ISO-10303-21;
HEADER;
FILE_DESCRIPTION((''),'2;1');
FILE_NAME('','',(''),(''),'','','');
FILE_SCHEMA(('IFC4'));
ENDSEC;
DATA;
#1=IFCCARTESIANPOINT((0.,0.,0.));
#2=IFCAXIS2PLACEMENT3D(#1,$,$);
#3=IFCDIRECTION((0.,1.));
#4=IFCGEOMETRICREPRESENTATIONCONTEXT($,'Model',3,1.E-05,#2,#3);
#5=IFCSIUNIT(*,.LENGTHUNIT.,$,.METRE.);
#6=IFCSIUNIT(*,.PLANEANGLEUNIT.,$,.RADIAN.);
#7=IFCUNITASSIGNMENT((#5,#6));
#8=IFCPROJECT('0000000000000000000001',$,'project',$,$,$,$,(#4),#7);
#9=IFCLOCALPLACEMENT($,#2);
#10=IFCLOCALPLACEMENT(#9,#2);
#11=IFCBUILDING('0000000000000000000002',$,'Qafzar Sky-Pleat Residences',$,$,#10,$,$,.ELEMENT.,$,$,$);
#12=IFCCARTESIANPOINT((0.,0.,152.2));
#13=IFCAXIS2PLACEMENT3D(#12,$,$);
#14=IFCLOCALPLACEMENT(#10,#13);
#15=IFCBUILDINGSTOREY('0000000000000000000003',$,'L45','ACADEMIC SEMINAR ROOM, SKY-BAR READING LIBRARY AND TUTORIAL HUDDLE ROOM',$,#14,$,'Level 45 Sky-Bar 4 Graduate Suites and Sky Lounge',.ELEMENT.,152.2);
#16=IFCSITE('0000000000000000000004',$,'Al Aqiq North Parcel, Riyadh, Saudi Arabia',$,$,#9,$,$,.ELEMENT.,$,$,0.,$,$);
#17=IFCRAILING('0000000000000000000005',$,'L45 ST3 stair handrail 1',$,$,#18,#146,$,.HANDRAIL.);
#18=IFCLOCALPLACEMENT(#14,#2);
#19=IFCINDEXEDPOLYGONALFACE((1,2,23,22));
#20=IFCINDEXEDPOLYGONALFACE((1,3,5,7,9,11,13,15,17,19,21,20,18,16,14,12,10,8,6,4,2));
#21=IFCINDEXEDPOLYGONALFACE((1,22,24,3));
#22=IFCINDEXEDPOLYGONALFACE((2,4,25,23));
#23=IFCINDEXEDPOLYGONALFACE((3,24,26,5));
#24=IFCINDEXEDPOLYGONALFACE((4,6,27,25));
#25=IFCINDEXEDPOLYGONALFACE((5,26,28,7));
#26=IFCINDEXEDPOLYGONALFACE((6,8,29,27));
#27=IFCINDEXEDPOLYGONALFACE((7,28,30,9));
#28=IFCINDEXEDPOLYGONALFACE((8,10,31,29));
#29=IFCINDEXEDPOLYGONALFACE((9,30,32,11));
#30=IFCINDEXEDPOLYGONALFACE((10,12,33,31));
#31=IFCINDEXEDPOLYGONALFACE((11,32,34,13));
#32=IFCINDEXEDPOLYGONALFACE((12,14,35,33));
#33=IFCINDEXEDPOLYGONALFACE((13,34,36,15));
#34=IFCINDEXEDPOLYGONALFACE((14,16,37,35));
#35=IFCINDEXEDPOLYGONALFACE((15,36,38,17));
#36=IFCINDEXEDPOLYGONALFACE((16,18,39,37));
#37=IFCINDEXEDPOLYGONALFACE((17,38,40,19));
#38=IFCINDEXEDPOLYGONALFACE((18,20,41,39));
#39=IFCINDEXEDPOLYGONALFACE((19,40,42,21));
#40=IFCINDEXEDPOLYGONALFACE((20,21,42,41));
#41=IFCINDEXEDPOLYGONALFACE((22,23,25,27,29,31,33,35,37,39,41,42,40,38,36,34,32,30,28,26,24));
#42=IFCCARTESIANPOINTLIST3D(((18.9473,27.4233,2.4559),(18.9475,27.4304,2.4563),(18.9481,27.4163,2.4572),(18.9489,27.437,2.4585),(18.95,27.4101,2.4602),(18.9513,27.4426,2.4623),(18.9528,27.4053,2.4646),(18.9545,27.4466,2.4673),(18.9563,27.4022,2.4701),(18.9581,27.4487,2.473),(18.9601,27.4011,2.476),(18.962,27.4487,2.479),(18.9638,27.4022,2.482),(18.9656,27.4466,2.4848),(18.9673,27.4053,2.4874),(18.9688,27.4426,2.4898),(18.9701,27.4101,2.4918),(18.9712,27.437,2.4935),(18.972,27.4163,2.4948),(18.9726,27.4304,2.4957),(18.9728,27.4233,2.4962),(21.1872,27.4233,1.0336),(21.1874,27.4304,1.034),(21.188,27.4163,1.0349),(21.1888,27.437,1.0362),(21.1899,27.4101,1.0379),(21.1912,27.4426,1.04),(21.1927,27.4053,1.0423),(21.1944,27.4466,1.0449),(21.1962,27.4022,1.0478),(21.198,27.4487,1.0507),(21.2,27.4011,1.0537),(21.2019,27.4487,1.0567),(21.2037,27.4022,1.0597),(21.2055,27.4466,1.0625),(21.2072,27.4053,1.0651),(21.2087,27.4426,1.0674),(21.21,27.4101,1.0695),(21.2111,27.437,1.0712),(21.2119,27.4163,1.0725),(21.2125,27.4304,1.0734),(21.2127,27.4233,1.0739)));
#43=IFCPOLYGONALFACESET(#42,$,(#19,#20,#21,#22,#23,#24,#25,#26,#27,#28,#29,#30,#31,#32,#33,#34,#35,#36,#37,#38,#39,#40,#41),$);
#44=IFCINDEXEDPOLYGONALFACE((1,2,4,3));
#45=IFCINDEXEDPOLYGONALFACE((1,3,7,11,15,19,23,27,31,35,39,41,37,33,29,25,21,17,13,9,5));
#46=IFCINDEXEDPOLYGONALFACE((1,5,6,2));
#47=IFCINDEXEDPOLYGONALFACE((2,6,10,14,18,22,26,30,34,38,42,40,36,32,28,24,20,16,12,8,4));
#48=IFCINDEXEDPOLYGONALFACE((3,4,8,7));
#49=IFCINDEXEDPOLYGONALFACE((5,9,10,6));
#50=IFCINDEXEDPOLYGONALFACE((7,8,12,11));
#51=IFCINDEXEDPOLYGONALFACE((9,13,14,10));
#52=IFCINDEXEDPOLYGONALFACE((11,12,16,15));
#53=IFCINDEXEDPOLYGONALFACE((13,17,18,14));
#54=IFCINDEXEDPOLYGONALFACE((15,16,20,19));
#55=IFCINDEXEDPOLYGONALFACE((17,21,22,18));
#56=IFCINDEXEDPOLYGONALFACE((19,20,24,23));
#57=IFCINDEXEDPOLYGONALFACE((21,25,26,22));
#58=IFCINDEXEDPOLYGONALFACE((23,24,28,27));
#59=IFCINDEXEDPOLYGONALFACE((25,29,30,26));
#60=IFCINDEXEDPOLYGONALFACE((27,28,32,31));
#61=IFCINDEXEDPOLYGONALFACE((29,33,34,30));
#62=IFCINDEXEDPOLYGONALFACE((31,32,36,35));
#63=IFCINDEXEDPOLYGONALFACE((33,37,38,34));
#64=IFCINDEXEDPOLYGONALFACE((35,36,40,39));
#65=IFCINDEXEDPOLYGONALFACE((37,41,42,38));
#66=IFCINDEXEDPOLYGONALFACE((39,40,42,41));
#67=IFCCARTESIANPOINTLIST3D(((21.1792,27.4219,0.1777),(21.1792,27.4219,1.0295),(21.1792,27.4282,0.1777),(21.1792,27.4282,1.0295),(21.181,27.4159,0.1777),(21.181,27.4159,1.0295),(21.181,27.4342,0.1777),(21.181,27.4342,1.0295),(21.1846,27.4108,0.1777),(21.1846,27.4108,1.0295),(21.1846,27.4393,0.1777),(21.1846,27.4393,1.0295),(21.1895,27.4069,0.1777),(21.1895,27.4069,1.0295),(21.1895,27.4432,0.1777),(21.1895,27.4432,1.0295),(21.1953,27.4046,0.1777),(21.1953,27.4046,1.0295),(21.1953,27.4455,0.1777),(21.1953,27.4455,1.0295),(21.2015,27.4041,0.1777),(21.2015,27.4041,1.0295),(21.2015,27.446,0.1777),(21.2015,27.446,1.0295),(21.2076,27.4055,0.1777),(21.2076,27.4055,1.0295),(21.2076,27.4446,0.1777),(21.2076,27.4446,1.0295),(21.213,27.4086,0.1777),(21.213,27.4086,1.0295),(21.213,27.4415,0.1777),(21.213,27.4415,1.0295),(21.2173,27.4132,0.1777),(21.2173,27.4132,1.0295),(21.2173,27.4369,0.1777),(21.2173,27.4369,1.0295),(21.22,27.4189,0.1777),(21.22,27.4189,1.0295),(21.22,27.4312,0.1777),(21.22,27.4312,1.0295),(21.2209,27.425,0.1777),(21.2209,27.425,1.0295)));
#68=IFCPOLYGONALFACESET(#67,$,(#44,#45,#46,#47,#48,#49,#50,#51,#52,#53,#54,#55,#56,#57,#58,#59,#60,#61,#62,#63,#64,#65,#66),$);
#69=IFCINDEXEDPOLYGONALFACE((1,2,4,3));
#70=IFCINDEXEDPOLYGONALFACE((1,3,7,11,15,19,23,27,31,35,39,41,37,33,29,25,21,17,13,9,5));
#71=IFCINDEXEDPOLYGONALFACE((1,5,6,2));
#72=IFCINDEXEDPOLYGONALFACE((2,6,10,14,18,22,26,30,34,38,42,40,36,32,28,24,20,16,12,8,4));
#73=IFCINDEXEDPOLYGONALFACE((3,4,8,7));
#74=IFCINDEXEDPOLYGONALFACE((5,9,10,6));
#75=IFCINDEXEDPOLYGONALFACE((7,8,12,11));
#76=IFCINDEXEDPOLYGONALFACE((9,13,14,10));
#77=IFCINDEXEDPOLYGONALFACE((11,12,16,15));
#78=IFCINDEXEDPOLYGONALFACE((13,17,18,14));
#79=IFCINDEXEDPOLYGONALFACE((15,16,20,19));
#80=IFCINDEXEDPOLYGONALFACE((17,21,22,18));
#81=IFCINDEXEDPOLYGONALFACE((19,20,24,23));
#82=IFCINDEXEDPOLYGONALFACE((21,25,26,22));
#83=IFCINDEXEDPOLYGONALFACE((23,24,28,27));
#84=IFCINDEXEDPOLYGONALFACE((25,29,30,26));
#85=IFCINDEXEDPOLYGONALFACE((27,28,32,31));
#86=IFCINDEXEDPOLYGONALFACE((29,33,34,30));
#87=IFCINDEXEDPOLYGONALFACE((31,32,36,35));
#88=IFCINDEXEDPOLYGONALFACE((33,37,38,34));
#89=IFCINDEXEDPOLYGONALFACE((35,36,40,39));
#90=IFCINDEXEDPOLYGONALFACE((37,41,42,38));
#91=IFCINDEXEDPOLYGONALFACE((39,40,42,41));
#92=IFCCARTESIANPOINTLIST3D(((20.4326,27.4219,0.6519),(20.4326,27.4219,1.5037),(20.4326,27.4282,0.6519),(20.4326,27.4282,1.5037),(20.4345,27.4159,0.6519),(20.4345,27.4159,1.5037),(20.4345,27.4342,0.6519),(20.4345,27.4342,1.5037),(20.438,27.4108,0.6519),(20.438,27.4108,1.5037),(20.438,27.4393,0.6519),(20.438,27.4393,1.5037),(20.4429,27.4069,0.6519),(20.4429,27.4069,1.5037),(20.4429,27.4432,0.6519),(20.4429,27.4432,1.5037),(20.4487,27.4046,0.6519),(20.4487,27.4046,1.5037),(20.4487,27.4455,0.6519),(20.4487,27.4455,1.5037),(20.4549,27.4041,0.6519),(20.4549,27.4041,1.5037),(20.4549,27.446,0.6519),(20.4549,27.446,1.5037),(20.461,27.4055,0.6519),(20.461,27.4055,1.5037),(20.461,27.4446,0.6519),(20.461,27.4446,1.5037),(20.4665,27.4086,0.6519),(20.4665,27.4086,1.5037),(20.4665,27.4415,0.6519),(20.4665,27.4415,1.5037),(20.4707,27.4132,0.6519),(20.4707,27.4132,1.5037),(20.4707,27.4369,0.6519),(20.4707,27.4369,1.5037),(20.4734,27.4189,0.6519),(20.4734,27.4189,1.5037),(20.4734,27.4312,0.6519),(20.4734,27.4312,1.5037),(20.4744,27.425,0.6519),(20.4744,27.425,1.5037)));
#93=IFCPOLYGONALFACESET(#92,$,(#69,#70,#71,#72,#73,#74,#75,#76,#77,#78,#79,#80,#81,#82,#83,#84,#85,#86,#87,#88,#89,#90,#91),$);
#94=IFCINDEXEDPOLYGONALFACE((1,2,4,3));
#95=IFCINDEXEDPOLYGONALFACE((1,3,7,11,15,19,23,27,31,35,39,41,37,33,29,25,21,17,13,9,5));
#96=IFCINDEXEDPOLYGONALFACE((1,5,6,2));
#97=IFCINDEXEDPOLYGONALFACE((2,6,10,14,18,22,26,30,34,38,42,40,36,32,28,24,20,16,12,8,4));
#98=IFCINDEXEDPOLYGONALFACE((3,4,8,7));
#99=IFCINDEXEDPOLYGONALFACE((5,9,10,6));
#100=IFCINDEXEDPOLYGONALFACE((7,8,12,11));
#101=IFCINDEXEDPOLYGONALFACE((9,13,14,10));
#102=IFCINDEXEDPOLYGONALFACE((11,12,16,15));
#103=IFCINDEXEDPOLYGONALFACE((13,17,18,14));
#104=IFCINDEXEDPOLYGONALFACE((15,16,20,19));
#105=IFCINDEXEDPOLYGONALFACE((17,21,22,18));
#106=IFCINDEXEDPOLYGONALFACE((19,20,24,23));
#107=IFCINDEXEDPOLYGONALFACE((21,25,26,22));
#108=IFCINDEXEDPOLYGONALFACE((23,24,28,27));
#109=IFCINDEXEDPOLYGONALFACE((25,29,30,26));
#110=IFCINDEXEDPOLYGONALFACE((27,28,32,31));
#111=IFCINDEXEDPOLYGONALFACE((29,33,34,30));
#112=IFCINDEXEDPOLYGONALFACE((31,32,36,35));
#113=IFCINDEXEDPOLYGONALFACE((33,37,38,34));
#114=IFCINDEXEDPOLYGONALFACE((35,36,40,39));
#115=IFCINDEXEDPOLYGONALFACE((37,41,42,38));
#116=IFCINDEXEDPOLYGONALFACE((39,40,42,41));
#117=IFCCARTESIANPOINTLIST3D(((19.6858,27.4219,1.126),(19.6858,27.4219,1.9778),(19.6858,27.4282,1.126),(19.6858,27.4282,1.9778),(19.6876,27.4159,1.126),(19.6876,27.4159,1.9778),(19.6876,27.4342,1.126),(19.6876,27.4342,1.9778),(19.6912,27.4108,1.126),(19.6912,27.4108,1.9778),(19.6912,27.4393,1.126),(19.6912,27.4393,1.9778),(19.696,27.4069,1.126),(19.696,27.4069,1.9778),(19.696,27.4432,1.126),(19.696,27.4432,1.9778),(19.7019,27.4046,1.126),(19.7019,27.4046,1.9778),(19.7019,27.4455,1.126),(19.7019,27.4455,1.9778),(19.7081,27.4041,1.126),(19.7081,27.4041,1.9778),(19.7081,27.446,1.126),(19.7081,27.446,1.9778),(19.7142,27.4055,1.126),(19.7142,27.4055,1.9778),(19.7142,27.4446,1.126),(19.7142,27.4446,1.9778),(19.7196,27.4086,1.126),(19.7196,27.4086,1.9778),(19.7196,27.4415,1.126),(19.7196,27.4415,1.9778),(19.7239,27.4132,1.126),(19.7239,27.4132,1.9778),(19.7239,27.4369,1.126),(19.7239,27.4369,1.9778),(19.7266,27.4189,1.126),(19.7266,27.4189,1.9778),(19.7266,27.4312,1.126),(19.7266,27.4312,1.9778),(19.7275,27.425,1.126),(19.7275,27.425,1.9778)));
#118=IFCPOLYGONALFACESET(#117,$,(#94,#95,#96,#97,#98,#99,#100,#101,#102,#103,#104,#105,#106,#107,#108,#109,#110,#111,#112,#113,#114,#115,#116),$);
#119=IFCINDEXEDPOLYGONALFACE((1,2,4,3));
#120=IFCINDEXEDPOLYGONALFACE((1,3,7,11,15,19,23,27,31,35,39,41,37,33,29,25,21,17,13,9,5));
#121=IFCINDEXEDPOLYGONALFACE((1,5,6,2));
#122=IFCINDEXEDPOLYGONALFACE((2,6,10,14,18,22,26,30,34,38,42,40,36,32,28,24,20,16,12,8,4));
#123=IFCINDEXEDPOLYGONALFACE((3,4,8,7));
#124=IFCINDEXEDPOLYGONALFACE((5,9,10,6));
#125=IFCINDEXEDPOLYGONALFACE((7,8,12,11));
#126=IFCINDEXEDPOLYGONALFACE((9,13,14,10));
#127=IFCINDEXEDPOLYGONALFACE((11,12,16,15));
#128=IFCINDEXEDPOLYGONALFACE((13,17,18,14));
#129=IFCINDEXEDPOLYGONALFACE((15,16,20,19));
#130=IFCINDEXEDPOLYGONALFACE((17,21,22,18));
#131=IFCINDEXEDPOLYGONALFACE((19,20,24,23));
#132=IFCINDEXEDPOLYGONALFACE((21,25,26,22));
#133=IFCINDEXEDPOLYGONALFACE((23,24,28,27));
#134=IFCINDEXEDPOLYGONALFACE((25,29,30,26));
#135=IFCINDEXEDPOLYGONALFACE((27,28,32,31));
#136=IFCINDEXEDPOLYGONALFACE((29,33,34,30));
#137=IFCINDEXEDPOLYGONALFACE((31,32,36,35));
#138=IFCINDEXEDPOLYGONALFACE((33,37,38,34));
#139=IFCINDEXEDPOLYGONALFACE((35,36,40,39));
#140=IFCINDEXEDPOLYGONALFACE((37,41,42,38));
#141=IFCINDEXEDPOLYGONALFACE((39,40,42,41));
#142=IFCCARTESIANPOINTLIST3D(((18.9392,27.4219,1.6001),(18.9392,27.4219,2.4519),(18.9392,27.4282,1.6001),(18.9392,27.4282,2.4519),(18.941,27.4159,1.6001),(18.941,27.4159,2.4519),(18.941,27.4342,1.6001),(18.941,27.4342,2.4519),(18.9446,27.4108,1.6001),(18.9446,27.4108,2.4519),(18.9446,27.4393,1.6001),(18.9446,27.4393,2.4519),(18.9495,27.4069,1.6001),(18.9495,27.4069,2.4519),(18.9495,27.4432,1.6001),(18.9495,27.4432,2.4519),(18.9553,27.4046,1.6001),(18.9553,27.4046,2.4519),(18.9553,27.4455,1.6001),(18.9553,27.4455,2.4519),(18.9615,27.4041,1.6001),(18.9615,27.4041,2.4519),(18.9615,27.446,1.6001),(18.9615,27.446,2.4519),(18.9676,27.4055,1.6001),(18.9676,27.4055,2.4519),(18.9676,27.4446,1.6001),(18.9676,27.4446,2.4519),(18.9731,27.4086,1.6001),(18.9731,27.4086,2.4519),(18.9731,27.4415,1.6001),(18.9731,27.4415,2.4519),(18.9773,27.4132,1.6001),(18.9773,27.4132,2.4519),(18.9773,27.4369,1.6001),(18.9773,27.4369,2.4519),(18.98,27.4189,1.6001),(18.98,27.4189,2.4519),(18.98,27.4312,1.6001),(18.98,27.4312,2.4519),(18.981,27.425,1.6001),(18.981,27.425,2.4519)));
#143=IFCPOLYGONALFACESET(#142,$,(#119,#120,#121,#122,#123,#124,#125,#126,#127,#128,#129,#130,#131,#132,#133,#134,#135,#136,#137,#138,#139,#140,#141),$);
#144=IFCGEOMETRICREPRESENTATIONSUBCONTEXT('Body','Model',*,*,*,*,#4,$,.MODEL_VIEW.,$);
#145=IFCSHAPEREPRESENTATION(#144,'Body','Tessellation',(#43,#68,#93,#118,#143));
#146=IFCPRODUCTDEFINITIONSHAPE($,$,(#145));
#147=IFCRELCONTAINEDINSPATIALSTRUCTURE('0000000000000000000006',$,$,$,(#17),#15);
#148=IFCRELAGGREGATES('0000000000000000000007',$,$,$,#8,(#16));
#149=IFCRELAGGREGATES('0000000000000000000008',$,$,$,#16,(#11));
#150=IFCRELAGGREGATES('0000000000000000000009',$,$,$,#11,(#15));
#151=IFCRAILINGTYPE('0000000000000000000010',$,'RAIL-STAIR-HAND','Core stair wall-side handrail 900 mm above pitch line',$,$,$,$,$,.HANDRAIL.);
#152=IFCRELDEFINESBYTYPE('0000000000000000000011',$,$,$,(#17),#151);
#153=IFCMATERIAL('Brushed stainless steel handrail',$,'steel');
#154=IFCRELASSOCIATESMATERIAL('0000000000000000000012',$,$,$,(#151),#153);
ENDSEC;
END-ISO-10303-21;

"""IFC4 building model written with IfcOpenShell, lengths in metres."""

from ifc_helpers import new_model, si_unit, direction, frame, origin, origin_2d, place, context, subcontext, project, spatial, circle, extrude, source, transform, mapped, material, type_object, element, save


model = new_model("IFC4")

# Units and contexts
model_context = context("Model", 3, precision=1e-05, world=origin(), true_north=direction((0.0, 1.0)))
body_context = subcontext(model_context, "Body", "Model", "MODEL_VIEW")
ifc_project = project(units=[si_unit("LENGTHUNIT", "METRE"), si_unit("PLANEANGLEUNIT", "RADIAN")], contexts=[model_context])

# Site, building, storey
site_placement = place(None, origin())
site = spatial("IfcSite", under=ifc_project, at=site_placement, Name="Al Aqiq North Parcel, Riyadh, Saudi Arabia", CompositionType="ELEMENT", RefElevation=0.0)
building_placement = place(site_placement, origin())
building = spatial("IfcBuilding", under=site, at=building_placement, Name="Qafzar Sky-Pleat Residences", CompositionType="ELEMENT")
storey_placement = place(building_placement, frame((0.0, 0.0, 152.2)))
storey = spatial("IfcBuildingStorey", under=building, at=storey_placement, Name="L45", Description="ACADEMIC SEMINAR ROOM, SKY-BAR READING LIBRARY AND TUTORIAL HUDDLE ROOM", LongName="Level 45 Sky-Bar 4 Graduate Suites and Sky Lounge", CompositionType="ELEMENT", Elevation=152.2)

# Railing
ifc_material_1 = material(Name="Brushed stainless steel handrail", Category="steel")
railing_type_1 = type_object("IfcRailingType", Name="RAIL-STAIR-HAND", Description="Core stair wall-side handrail 900 mm above pitch line", PredefinedType="HANDRAIL", material=ifc_material_1)
shared_shape_1 = source(origin(), body_context, "Body", "SweptSolid", [
    extrude(circle(Radius=0.0239, at=origin_2d()), frame((0.0, 0.0, 0.876), z_axis=(-0.844188, 0.0, 0.536048), x_axis=(0.0, -1.0, 0.0)), (0.0, 0.0, 1.0), 2.6533),
    extrude(circle(Radius=0.021, at=origin_2d()), origin(), (0.0, 0.0, 1.0), 0.8518),
    extrude(circle(Radius=0.021, at=origin_2d()), frame((-0.7466, 0.0, 0.4741)), (0.0, 0.0, 1.0), 0.8518),
    extrude(circle(Radius=0.021, at=origin_2d()), frame((-1.4934, 0.0, 0.9482)), (0.0, 0.0, 1.0), 0.8518),
    extrude(circle(Radius=0.021, at=origin_2d()), frame((-2.24, 0.0, 1.4224)), (0.0, 0.0, 1.0), 0.8518),
])
railing_1_placement = place(storey_placement, frame((21.2, 27.425, 0.1777)))
element("IfcRailing", 1, at=railing_1_placement, inside=storey, type_object=railing_type_1, Name="L45 ST3 stair handrail 1", PredefinedType="HANDRAIL", context=body_context, shape_type="MappedRepresentation", body=[
    mapped(shared_shape_1, transform((0.0, 0.0, 0.0), x_axis=(1.0, 0.0, 0.0), y_axis=(0.0, 1.0, 0.0), z_axis=(0.0, 0.0, 1.0), scale=1.0)),
])

save(model, "model.ifc")
